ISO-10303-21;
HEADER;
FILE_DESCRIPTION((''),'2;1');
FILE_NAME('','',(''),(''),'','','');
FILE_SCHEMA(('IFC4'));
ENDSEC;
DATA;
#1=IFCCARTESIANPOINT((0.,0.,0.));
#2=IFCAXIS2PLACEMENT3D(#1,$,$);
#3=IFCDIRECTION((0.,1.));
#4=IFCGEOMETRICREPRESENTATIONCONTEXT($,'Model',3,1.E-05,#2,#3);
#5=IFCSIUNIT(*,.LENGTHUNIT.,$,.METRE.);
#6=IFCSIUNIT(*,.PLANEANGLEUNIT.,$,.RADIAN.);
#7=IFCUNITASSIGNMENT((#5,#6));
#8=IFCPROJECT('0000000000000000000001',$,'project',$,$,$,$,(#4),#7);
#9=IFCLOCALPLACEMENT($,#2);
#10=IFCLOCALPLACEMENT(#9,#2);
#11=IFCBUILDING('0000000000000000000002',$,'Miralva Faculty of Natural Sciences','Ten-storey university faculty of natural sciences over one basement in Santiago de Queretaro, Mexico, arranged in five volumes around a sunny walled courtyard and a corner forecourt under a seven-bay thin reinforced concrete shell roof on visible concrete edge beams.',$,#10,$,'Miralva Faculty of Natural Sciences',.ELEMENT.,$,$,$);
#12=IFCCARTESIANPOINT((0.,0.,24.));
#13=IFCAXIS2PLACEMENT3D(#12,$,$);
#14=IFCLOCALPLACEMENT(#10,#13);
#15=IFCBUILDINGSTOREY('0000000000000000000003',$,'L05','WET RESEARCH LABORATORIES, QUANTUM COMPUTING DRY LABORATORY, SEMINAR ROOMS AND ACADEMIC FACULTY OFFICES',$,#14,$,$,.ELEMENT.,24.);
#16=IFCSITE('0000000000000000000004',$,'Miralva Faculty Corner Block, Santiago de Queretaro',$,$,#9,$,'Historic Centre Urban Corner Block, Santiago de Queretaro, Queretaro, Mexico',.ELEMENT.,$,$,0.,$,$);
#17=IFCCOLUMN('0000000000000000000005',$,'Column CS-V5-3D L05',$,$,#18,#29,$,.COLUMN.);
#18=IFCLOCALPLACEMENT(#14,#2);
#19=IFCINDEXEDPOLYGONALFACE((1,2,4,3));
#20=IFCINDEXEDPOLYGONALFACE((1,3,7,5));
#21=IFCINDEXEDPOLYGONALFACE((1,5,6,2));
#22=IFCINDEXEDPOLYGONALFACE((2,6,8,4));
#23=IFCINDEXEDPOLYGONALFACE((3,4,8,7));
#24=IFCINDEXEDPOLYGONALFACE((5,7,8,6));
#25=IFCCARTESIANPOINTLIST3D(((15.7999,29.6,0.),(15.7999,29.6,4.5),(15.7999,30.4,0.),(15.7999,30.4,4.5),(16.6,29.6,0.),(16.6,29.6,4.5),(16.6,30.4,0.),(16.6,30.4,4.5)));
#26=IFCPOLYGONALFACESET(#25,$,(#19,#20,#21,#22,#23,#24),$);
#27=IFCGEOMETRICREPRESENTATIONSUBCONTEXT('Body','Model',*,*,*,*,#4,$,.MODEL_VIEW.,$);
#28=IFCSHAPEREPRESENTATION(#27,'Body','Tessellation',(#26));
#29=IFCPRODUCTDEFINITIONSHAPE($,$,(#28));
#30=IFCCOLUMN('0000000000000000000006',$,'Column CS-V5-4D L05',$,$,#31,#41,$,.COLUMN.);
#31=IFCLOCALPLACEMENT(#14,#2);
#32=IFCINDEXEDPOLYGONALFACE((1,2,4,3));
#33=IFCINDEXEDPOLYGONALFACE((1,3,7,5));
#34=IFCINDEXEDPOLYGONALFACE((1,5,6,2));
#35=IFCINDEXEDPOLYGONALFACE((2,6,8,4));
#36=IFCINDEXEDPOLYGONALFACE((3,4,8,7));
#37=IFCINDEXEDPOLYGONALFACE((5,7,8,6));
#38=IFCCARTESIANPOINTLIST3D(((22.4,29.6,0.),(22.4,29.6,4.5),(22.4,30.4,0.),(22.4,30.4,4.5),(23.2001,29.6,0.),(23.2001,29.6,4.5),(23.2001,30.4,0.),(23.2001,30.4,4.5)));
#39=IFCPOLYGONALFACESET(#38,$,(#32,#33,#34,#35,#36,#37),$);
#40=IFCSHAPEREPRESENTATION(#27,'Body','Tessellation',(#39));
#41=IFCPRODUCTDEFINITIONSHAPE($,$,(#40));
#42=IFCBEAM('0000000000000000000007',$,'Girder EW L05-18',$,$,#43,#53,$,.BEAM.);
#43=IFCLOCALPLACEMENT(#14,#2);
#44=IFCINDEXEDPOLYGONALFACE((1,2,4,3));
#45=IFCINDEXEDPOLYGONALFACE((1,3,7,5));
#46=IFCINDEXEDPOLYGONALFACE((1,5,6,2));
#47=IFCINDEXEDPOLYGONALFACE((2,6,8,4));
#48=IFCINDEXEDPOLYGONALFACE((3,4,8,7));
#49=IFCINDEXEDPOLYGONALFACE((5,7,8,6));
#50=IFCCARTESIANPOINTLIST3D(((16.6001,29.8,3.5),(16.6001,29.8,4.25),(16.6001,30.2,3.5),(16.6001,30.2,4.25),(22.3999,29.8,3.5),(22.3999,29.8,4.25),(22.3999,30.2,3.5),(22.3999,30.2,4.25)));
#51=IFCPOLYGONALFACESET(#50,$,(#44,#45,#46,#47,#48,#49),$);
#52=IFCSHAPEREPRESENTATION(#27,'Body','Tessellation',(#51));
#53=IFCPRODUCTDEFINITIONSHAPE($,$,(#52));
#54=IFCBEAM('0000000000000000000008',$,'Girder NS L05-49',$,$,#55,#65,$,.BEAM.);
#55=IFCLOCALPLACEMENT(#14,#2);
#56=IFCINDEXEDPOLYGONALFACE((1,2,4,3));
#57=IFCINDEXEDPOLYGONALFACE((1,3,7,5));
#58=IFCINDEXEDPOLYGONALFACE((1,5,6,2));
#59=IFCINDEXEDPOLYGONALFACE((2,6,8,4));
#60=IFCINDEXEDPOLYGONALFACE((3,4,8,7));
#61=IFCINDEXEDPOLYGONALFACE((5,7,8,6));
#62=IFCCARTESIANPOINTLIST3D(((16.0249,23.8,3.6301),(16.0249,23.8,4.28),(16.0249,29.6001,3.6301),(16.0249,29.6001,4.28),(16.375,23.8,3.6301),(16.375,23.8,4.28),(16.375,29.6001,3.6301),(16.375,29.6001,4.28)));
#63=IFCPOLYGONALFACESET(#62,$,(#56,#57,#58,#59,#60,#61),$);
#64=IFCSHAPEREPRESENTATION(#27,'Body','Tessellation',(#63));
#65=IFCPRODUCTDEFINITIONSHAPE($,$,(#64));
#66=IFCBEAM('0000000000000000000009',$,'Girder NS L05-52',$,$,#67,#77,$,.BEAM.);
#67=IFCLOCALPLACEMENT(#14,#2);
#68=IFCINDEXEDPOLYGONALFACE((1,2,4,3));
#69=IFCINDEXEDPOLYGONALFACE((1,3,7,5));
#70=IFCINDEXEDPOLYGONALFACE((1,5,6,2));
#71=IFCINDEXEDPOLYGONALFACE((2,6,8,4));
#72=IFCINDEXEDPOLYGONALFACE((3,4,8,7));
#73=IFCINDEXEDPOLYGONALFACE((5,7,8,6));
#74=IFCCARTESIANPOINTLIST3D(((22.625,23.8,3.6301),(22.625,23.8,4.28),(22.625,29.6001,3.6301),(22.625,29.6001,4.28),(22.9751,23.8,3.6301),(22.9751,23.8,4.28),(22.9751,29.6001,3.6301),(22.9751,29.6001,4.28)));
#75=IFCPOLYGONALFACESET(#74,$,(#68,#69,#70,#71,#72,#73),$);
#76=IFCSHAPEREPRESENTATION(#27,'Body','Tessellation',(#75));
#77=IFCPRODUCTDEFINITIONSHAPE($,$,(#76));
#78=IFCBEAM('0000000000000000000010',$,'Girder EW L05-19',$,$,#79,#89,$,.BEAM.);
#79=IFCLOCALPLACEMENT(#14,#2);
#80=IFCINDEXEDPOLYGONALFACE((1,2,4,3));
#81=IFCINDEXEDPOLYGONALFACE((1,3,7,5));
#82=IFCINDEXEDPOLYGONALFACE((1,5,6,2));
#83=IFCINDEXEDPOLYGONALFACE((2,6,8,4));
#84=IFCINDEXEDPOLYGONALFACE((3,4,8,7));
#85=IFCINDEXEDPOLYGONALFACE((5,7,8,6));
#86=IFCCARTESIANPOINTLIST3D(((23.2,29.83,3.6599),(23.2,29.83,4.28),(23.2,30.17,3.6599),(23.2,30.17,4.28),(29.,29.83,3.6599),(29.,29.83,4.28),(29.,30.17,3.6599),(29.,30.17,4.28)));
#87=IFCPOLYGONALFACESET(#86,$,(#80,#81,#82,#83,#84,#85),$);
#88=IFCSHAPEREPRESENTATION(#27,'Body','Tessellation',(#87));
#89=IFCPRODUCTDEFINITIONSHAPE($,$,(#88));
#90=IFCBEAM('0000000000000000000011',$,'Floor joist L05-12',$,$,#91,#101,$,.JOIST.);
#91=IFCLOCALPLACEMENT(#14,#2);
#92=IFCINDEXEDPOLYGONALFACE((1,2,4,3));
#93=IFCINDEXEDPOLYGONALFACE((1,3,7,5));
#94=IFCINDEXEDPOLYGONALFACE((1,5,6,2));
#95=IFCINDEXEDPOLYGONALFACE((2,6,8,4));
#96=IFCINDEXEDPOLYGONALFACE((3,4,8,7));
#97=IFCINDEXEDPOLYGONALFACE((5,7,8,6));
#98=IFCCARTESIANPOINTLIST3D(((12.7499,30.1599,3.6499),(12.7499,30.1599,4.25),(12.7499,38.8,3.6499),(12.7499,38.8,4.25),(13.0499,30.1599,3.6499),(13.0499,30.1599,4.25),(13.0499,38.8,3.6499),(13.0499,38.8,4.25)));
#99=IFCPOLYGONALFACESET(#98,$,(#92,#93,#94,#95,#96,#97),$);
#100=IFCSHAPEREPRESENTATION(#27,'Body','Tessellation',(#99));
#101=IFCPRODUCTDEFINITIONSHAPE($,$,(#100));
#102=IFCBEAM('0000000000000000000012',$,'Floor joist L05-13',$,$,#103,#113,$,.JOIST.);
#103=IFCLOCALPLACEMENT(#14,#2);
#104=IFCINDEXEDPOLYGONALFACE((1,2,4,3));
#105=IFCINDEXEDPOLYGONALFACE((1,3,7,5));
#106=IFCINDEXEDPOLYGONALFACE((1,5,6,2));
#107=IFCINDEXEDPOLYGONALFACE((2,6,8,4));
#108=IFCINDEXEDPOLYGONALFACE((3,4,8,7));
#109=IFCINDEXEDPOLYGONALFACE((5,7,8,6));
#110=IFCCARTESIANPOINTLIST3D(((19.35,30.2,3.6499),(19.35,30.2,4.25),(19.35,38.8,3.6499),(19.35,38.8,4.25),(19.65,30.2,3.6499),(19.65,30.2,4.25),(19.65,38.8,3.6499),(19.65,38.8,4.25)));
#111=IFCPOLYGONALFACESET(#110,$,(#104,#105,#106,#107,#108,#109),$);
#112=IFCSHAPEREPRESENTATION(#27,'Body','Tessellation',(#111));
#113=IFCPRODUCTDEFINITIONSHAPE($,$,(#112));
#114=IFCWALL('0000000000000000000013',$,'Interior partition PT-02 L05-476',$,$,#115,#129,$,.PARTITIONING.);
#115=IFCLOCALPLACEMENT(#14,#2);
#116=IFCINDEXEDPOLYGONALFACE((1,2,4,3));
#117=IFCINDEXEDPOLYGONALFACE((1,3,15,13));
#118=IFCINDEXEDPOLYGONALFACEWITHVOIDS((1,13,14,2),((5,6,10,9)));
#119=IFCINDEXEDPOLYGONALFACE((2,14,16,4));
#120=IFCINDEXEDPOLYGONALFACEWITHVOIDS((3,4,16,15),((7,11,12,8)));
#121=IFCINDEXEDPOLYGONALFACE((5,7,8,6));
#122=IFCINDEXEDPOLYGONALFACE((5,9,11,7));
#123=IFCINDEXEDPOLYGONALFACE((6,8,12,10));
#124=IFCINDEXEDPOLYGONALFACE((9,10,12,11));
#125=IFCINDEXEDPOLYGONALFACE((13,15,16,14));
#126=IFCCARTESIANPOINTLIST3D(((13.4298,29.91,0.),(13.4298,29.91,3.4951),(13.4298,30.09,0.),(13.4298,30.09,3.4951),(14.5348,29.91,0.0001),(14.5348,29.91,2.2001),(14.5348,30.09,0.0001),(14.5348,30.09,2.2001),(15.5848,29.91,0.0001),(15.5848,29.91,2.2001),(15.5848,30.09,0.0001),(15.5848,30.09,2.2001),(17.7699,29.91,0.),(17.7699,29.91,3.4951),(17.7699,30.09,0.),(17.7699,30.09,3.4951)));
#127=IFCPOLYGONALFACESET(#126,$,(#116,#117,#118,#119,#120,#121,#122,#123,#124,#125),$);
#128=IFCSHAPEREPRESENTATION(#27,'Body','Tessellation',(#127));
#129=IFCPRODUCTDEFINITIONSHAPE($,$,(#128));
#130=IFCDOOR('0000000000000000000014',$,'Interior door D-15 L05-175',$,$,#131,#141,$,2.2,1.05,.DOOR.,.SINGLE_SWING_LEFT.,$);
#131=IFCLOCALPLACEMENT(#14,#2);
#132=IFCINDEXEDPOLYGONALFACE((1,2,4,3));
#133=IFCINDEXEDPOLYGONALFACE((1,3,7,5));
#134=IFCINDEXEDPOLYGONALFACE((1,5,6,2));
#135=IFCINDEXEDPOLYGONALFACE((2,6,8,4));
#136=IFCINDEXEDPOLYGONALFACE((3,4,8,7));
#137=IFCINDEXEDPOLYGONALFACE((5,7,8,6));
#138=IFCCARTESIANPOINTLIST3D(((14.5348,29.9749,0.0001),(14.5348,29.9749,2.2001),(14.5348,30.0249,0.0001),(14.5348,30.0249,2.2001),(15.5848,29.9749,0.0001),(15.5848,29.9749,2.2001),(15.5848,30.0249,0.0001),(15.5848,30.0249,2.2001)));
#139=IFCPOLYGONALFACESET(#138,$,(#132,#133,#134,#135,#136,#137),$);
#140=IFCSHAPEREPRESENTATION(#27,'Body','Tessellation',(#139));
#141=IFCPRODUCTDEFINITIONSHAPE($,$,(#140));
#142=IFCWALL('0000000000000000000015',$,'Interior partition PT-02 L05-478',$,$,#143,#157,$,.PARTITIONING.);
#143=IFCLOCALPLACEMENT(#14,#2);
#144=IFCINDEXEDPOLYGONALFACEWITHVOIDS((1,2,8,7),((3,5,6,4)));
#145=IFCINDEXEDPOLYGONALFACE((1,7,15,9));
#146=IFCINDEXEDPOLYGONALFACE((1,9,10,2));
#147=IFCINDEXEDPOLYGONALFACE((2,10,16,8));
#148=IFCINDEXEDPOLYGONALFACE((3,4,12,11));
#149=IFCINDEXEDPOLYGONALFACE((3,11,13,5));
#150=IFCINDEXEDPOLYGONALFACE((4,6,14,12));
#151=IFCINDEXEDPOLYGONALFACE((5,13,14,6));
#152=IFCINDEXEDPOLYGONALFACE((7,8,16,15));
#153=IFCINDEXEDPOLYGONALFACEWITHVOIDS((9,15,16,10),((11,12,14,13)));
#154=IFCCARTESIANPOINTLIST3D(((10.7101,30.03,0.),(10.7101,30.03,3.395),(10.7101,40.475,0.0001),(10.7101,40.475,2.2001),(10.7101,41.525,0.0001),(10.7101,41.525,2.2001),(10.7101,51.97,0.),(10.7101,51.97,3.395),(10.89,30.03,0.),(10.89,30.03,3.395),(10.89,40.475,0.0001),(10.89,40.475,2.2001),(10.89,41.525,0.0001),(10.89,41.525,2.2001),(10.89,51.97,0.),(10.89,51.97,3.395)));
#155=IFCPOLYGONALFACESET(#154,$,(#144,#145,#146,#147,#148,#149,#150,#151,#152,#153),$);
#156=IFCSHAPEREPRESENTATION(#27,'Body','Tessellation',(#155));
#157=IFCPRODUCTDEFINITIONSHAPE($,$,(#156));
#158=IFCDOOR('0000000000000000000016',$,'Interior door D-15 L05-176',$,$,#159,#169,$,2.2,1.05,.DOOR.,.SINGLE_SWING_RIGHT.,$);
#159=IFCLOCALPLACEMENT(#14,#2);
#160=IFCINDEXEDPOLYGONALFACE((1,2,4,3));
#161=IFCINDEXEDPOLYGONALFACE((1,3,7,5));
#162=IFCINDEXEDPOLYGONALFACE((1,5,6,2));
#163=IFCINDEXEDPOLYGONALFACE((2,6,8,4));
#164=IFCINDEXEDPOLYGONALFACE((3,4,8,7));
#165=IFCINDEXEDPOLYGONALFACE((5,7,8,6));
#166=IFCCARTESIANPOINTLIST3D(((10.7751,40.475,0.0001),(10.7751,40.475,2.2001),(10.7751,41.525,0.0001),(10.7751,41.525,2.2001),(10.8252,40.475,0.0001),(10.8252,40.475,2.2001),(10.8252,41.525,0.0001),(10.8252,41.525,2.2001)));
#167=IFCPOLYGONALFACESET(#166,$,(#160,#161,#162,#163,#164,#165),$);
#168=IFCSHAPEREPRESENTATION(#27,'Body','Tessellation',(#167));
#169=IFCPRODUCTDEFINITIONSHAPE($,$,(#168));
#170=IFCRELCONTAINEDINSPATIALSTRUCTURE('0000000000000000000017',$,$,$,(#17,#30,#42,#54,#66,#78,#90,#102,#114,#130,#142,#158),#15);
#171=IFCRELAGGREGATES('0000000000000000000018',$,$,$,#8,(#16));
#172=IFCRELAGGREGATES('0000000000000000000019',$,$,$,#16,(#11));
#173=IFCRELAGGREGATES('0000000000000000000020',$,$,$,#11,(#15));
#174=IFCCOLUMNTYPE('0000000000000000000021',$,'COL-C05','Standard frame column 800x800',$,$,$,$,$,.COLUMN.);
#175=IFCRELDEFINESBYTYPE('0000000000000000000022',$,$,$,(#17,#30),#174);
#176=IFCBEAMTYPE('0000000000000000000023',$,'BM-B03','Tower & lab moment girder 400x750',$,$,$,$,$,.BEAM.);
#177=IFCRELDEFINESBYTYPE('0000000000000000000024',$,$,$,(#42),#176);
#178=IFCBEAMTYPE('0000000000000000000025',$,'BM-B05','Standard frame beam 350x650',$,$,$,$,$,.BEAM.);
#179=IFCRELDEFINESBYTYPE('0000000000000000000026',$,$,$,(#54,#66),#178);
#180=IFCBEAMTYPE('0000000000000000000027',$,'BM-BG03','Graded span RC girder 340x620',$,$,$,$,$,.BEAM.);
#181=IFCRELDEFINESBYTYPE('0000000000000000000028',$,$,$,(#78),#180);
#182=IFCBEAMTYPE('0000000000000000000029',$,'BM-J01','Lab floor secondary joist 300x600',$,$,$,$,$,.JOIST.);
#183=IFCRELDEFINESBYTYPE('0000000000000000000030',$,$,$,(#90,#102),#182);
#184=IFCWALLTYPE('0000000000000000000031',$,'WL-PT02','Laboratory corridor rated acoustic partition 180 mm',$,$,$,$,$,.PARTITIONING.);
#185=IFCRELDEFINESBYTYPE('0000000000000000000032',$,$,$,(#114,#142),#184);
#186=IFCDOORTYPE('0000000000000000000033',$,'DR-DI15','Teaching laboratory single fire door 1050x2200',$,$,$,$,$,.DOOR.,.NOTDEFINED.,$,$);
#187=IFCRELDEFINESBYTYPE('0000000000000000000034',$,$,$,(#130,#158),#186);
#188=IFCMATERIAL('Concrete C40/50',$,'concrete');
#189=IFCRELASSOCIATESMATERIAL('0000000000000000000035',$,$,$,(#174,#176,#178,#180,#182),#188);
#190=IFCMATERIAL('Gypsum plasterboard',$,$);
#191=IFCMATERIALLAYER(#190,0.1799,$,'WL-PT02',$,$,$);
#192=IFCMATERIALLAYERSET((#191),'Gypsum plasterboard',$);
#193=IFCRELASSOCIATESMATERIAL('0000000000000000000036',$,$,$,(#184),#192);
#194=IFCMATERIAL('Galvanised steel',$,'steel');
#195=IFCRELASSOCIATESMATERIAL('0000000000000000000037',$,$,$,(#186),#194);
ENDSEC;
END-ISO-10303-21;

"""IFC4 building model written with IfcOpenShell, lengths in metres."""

from ifc_helpers import new_model, si_unit, direction, frame, frame_2d, origin, origin_2d, place, context, subcontext, project, spatial, rectangle, extrude, material, layer, layer_set, material_profile, profile_set, type_object, element, fill, save


model = new_model("IFC4")

# Units and contexts
model_context = context("Model", 3, precision=1e-05, world=origin(), true_north=direction((0.0, 1.0)))
body_context = subcontext(model_context, "Body", "Model", "MODEL_VIEW")
ifc_project = project(units=[si_unit("LENGTHUNIT", "METRE"), si_unit("PLANEANGLEUNIT", "RADIAN")], contexts=[model_context])

# Site, building, storey
site_placement = place(None, origin())
site = spatial("IfcSite", under=ifc_project, at=site_placement, Name="Miralva Faculty Corner Block, Santiago de Queretaro", LongName="Historic Centre Urban Corner Block, Santiago de Queretaro, Queretaro, Mexico", CompositionType="ELEMENT", RefElevation=0.0)
building_placement = place(site_placement, origin())
building = spatial("IfcBuilding", under=site, at=building_placement, Name="Miralva Faculty of Natural Sciences", Description="Ten-storey university faculty of natural sciences over one basement in Santiago de Queretaro, Mexico, arranged in five volumes around a sunny walled courtyard and a corner forecourt under a seven-bay thin reinforced concrete shell roof on visible concrete edge beams.", LongName="Miralva Faculty of Natural Sciences", CompositionType="ELEMENT")
storey_placement = place(building_placement, frame((0.0, 0.0, 24.0)))
storey = spatial("IfcBuildingStorey", under=building, at=storey_placement, Name="L05", Description="WET RESEARCH LABORATORIES, QUANTUM COMPUTING DRY LABORATORY, SEMINAR ROOMS AND ACADEMIC FACULTY OFFICES", CompositionType="ELEMENT", Elevation=24.0)

# Columns
ifc_material_1 = material(Name="Concrete C40/50", Category="concrete")
ifc_material_profile_1 = material_profile(ifc_material_1, rectangle(XDim=0.8, YDim=0.8, at=origin_2d()), Name="RC 800x800")
ifc_profile_set_1 = profile_set([ifc_material_profile_1], Name="Concrete C40/50")
column_type = type_object("IfcColumnType", Name="COL-C05", Description="Standard frame column 800x800", PredefinedType="COLUMN", material=ifc_profile_set_1)
for number, where, z_axis, x_axis, name in (
    (1, (16.2, 30.0, 0.0), (0.0, 0.0, 1.0), (1.0, 0.0, 0.0), "Column CS-V5-3D L05"),
    (2, (22.8, 30.0, 0.0), (0.0, 0.0, 1.0), (1.0, 0.0, 0.0), "Column CS-V5-4D L05"),
):
    element("IfcColumn", number, at=place(storey_placement, frame(where, z_axis=z_axis, x_axis=x_axis)), inside=storey, type_object=column_type, Name=name, PredefinedType="COLUMN", context=body_context, shape_type="SweptSolid", body=[
        extrude(rectangle(XDim=0.8, YDim=0.8, at=origin_2d()), origin(), (0.0, 0.0, 1.0), 4.5),
    ])

# Beams
ifc_material_profile_2 = material_profile(ifc_material_1, rectangle(XDim=0.3999, YDim=0.75, at=origin_2d()), Name="RC 400x750")
ifc_profile_set_2 = profile_set([ifc_material_profile_2], Name="Concrete C40/50")
beam_type_1 = type_object("IfcBeamType", Name="BM-B03", Description="Tower & lab moment girder 400x750", PredefinedType="BEAM", material=ifc_profile_set_2)
beam_1_placement = place(storey_placement, frame((16.6001, 30.0, 3.875), z_axis=(1.0, 0.0, 0.0), x_axis=(0.0, 1.0, 0.0)))
element("IfcBeam", 3, at=beam_1_placement, inside=storey, type_object=beam_type_1, Name="Girder EW L05-18", PredefinedType="BEAM", context=body_context, shape_type="SweptSolid", body=[
    extrude(rectangle(XDim=0.3999, YDim=0.75, at=origin_2d()), origin(), (0.0, 0.0, 1.0), 5.7998),
])
ifc_material_profile_3 = material_profile(ifc_material_1, rectangle(XDim=0.3501, YDim=0.6499, at=origin_2d()), Name="RC 350x650")
ifc_profile_set_3 = profile_set([ifc_material_profile_3], Name="Concrete C40/50")
beam_type_2 = type_object("IfcBeamType", Name="BM-B05", Description="Standard frame beam 350x650", PredefinedType="BEAM", material=ifc_profile_set_3)
for number, where, z_axis, x_axis, name in (
    (4, (16.2, 23.8, 3.9551), (0.0, 1.0, 0.0), (-1.0, 0.0, 0.0), "Girder NS L05-49"),
    (5, (22.8, 23.8, 3.9551), (0.0, 1.0, 0.0), (-1.0, 0.0, 0.0), "Girder NS L05-52"),
):
    element("IfcBeam", number, at=place(storey_placement, frame(where, z_axis=z_axis, x_axis=x_axis)), inside=storey, type_object=beam_type_2, Name=name, PredefinedType="BEAM", context=body_context, shape_type="SweptSolid", body=[
        extrude(rectangle(XDim=0.3501, YDim=0.6499, at=origin_2d()), origin(), (0.0, 0.0, 1.0), 5.8),
    ])
ifc_material_profile_4 = material_profile(ifc_material_1, rectangle(XDim=0.3401, YDim=0.6201, at=origin_2d()), Name="RC 340x620")
ifc_profile_set_4 = profile_set([ifc_material_profile_4], Name="Concrete C40/50")
beam_type_3 = type_object("IfcBeamType", Name="BM-BG03", Description="Graded span RC girder 340x620", PredefinedType="BEAM", material=ifc_profile_set_4)
beam_2_placement = place(storey_placement, frame((23.2, 30.0, 3.97), z_axis=(1.0, 0.0, 0.0), x_axis=(0.0, 1.0, 0.0)))
element("IfcBeam", 6, at=beam_2_placement, inside=storey, type_object=beam_type_3, Name="Girder EW L05-19", PredefinedType="BEAM", context=body_context, shape_type="SweptSolid", body=[
    extrude(rectangle(XDim=0.3401, YDim=0.6201, at=origin_2d()), origin(), (0.0, 0.0, 1.0), 5.8),
])
ifc_material_profile_5 = material_profile(ifc_material_1, rectangle(XDim=0.3, YDim=0.6001, at=origin_2d()), Name="RC 300x600")
ifc_profile_set_5 = profile_set([ifc_material_profile_5], Name="Concrete C40/50")
beam_type_4 = type_object("IfcBeamType", Name="BM-J01", Description="Lab floor secondary joist 300x600", PredefinedType="JOIST", material=ifc_profile_set_5)
beam_3_placement = place(storey_placement, frame((12.8999, 30.1599, 3.95), z_axis=(0.0, 1.0, 0.0), x_axis=(-1.0, 0.0, 0.0)))
element("IfcBeam", 7, at=beam_3_placement, inside=storey, type_object=beam_type_4, Name="Floor joist L05-12", PredefinedType="JOIST", context=body_context, shape_type="SweptSolid", body=[
    extrude(rectangle(XDim=0.3, YDim=0.6001, at=origin_2d()), origin(), (0.0, 0.0, 1.0), 8.6401),
])
beam_4_placement = place(storey_placement, frame((19.5, 30.2, 3.95), z_axis=(0.0, 1.0, 0.0), x_axis=(-1.0, 0.0, 0.0)))
element("IfcBeam", 8, at=beam_4_placement, inside=storey, type_object=beam_type_4, Name="Floor joist L05-13", PredefinedType="JOIST", context=body_context, shape_type="SweptSolid", body=[
    extrude(rectangle(XDim=0.3, YDim=0.6001, at=origin_2d()), origin(), (0.0, 0.0, 1.0), 8.6001),
])

# Walls, openings, doors
ifc_material_2 = material(Name="Gypsum plasterboard")
ifc_layer_1 = layer(ifc_material_2, 0.1799, Name="WL-PT02")
ifc_layer_set_1 = layer_set([ifc_layer_1], Name="Gypsum plasterboard")
wall_type_1 = type_object("IfcWallType", Name="WL-PT02", Description="Laboratory corridor rated acoustic partition 180 mm", PredefinedType="PARTITIONING", material=ifc_layer_set_1)
wall_1_placement = place(storey_placement, frame((13.4299, 30.0, 0.0), z_axis=(0.0, 0.0, 1.0), x_axis=(1.0, 0.0, 0.0)))
wall_1 = element("IfcWall", 9, at=wall_1_placement, inside=storey, type_object=wall_type_1, Name="Interior partition PT-02 L05-476", PredefinedType="PARTITIONING", context=body_context, shape_type="SweptSolid", body=[
    extrude(rectangle(XDim=4.3401, YDim=0.1799, at=frame_2d((2.1699, 0.0))), origin(), (0.0, 0.0, 1.0), 3.4951),
])
opening_1_placement = place(wall_1_placement, frame((1.105, 0.0, 0.0)))
opening_1 = element("IfcOpeningElement", 10, at=opening_1_placement, cuts=wall_1, PredefinedType="OPENING", context=body_context, shape_type="SweptSolid", body=[
    extrude(rectangle(XDim=1.05, YDim=2.2, at=frame_2d((0.5249, 1.1001))), frame((0.0, 0.0999, 0.0), z_axis=(0.0, -1.0, 0.0), x_axis=(1.0, 0.0, 0.0)), (0.0, 0.0, 1.0), 0.2),
])
ifc_material_3 = material(Name="Galvanised steel", Category="steel")
door_type = type_object("IfcDoorType", Name="DR-DI15", Description="Teaching laboratory single fire door 1050x2200", OperationType="NOTDEFINED", PredefinedType="DOOR", material=ifc_material_3)
door_1_placement = place(opening_1_placement, origin())
door_1 = element("IfcDoor", 11, at=door_1_placement, inside=storey, type_object=door_type, Name="Interior door D-15 L05-175", OperationType="SINGLE_SWING_LEFT", OverallHeight=2.2, OverallWidth=1.05, PredefinedType="DOOR", context=body_context, shape_type="SweptSolid", body=[
    extrude(rectangle(XDim=1.05, YDim=2.2, at=frame_2d((0.5249, 1.1001))), frame((0.0, 0.0249, 0.0), z_axis=(0.0, -1.0, 0.0), x_axis=(1.0, 0.0, 0.0)), (0.0, 0.0, 1.0), 0.05),
])
fill(opening_1, door_1)
wall_2_placement = place(storey_placement, frame((10.8, 30.03, 0.0), z_axis=(0.0, 0.0, 1.0), x_axis=(0.0, 1.0, 0.0)))
wall_2 = element("IfcWall", 12, at=wall_2_placement, inside=storey, type_object=wall_type_1, Name="Interior partition PT-02 L05-478", PredefinedType="PARTITIONING", context=body_context, shape_type="SweptSolid", body=[
    extrude(rectangle(XDim=21.9399, YDim=0.1799, at=frame_2d((10.97, 0.0))), origin(), (0.0, 0.0, 1.0), 3.395),
])
opening_2_placement = place(wall_2_placement, frame((10.4451, 0.0, 0.0)))
opening_2 = element("IfcOpeningElement", 13, at=opening_2_placement, cuts=wall_2, PredefinedType="OPENING", context=body_context, shape_type="SweptSolid", body=[
    extrude(rectangle(XDim=1.05, YDim=2.2, at=frame_2d((0.5249, 1.1001))), frame((0.0, 0.0999, 0.0), z_axis=(0.0, -1.0, 0.0), x_axis=(1.0, 0.0, 0.0)), (0.0, 0.0, 1.0), 0.2),
])
door_2_placement = place(opening_2_placement, origin())
door_2 = element("IfcDoor", 14, at=door_2_placement, inside=storey, type_object=door_type, Name="Interior door D-15 L05-176", OperationType="SINGLE_SWING_RIGHT", OverallHeight=2.2, OverallWidth=1.05, PredefinedType="DOOR", context=body_context, shape_type="SweptSolid", body=[
    extrude(rectangle(XDim=1.05, YDim=2.2, at=frame_2d((0.5249, 1.1001))), frame((0.0, 0.0249, 0.0), z_axis=(0.0, -1.0, 0.0), x_axis=(1.0, 0.0, 0.0)), (0.0, 0.0, 1.0), 0.05),
])
fill(opening_2, door_2)

save(model, "model.ifc")
